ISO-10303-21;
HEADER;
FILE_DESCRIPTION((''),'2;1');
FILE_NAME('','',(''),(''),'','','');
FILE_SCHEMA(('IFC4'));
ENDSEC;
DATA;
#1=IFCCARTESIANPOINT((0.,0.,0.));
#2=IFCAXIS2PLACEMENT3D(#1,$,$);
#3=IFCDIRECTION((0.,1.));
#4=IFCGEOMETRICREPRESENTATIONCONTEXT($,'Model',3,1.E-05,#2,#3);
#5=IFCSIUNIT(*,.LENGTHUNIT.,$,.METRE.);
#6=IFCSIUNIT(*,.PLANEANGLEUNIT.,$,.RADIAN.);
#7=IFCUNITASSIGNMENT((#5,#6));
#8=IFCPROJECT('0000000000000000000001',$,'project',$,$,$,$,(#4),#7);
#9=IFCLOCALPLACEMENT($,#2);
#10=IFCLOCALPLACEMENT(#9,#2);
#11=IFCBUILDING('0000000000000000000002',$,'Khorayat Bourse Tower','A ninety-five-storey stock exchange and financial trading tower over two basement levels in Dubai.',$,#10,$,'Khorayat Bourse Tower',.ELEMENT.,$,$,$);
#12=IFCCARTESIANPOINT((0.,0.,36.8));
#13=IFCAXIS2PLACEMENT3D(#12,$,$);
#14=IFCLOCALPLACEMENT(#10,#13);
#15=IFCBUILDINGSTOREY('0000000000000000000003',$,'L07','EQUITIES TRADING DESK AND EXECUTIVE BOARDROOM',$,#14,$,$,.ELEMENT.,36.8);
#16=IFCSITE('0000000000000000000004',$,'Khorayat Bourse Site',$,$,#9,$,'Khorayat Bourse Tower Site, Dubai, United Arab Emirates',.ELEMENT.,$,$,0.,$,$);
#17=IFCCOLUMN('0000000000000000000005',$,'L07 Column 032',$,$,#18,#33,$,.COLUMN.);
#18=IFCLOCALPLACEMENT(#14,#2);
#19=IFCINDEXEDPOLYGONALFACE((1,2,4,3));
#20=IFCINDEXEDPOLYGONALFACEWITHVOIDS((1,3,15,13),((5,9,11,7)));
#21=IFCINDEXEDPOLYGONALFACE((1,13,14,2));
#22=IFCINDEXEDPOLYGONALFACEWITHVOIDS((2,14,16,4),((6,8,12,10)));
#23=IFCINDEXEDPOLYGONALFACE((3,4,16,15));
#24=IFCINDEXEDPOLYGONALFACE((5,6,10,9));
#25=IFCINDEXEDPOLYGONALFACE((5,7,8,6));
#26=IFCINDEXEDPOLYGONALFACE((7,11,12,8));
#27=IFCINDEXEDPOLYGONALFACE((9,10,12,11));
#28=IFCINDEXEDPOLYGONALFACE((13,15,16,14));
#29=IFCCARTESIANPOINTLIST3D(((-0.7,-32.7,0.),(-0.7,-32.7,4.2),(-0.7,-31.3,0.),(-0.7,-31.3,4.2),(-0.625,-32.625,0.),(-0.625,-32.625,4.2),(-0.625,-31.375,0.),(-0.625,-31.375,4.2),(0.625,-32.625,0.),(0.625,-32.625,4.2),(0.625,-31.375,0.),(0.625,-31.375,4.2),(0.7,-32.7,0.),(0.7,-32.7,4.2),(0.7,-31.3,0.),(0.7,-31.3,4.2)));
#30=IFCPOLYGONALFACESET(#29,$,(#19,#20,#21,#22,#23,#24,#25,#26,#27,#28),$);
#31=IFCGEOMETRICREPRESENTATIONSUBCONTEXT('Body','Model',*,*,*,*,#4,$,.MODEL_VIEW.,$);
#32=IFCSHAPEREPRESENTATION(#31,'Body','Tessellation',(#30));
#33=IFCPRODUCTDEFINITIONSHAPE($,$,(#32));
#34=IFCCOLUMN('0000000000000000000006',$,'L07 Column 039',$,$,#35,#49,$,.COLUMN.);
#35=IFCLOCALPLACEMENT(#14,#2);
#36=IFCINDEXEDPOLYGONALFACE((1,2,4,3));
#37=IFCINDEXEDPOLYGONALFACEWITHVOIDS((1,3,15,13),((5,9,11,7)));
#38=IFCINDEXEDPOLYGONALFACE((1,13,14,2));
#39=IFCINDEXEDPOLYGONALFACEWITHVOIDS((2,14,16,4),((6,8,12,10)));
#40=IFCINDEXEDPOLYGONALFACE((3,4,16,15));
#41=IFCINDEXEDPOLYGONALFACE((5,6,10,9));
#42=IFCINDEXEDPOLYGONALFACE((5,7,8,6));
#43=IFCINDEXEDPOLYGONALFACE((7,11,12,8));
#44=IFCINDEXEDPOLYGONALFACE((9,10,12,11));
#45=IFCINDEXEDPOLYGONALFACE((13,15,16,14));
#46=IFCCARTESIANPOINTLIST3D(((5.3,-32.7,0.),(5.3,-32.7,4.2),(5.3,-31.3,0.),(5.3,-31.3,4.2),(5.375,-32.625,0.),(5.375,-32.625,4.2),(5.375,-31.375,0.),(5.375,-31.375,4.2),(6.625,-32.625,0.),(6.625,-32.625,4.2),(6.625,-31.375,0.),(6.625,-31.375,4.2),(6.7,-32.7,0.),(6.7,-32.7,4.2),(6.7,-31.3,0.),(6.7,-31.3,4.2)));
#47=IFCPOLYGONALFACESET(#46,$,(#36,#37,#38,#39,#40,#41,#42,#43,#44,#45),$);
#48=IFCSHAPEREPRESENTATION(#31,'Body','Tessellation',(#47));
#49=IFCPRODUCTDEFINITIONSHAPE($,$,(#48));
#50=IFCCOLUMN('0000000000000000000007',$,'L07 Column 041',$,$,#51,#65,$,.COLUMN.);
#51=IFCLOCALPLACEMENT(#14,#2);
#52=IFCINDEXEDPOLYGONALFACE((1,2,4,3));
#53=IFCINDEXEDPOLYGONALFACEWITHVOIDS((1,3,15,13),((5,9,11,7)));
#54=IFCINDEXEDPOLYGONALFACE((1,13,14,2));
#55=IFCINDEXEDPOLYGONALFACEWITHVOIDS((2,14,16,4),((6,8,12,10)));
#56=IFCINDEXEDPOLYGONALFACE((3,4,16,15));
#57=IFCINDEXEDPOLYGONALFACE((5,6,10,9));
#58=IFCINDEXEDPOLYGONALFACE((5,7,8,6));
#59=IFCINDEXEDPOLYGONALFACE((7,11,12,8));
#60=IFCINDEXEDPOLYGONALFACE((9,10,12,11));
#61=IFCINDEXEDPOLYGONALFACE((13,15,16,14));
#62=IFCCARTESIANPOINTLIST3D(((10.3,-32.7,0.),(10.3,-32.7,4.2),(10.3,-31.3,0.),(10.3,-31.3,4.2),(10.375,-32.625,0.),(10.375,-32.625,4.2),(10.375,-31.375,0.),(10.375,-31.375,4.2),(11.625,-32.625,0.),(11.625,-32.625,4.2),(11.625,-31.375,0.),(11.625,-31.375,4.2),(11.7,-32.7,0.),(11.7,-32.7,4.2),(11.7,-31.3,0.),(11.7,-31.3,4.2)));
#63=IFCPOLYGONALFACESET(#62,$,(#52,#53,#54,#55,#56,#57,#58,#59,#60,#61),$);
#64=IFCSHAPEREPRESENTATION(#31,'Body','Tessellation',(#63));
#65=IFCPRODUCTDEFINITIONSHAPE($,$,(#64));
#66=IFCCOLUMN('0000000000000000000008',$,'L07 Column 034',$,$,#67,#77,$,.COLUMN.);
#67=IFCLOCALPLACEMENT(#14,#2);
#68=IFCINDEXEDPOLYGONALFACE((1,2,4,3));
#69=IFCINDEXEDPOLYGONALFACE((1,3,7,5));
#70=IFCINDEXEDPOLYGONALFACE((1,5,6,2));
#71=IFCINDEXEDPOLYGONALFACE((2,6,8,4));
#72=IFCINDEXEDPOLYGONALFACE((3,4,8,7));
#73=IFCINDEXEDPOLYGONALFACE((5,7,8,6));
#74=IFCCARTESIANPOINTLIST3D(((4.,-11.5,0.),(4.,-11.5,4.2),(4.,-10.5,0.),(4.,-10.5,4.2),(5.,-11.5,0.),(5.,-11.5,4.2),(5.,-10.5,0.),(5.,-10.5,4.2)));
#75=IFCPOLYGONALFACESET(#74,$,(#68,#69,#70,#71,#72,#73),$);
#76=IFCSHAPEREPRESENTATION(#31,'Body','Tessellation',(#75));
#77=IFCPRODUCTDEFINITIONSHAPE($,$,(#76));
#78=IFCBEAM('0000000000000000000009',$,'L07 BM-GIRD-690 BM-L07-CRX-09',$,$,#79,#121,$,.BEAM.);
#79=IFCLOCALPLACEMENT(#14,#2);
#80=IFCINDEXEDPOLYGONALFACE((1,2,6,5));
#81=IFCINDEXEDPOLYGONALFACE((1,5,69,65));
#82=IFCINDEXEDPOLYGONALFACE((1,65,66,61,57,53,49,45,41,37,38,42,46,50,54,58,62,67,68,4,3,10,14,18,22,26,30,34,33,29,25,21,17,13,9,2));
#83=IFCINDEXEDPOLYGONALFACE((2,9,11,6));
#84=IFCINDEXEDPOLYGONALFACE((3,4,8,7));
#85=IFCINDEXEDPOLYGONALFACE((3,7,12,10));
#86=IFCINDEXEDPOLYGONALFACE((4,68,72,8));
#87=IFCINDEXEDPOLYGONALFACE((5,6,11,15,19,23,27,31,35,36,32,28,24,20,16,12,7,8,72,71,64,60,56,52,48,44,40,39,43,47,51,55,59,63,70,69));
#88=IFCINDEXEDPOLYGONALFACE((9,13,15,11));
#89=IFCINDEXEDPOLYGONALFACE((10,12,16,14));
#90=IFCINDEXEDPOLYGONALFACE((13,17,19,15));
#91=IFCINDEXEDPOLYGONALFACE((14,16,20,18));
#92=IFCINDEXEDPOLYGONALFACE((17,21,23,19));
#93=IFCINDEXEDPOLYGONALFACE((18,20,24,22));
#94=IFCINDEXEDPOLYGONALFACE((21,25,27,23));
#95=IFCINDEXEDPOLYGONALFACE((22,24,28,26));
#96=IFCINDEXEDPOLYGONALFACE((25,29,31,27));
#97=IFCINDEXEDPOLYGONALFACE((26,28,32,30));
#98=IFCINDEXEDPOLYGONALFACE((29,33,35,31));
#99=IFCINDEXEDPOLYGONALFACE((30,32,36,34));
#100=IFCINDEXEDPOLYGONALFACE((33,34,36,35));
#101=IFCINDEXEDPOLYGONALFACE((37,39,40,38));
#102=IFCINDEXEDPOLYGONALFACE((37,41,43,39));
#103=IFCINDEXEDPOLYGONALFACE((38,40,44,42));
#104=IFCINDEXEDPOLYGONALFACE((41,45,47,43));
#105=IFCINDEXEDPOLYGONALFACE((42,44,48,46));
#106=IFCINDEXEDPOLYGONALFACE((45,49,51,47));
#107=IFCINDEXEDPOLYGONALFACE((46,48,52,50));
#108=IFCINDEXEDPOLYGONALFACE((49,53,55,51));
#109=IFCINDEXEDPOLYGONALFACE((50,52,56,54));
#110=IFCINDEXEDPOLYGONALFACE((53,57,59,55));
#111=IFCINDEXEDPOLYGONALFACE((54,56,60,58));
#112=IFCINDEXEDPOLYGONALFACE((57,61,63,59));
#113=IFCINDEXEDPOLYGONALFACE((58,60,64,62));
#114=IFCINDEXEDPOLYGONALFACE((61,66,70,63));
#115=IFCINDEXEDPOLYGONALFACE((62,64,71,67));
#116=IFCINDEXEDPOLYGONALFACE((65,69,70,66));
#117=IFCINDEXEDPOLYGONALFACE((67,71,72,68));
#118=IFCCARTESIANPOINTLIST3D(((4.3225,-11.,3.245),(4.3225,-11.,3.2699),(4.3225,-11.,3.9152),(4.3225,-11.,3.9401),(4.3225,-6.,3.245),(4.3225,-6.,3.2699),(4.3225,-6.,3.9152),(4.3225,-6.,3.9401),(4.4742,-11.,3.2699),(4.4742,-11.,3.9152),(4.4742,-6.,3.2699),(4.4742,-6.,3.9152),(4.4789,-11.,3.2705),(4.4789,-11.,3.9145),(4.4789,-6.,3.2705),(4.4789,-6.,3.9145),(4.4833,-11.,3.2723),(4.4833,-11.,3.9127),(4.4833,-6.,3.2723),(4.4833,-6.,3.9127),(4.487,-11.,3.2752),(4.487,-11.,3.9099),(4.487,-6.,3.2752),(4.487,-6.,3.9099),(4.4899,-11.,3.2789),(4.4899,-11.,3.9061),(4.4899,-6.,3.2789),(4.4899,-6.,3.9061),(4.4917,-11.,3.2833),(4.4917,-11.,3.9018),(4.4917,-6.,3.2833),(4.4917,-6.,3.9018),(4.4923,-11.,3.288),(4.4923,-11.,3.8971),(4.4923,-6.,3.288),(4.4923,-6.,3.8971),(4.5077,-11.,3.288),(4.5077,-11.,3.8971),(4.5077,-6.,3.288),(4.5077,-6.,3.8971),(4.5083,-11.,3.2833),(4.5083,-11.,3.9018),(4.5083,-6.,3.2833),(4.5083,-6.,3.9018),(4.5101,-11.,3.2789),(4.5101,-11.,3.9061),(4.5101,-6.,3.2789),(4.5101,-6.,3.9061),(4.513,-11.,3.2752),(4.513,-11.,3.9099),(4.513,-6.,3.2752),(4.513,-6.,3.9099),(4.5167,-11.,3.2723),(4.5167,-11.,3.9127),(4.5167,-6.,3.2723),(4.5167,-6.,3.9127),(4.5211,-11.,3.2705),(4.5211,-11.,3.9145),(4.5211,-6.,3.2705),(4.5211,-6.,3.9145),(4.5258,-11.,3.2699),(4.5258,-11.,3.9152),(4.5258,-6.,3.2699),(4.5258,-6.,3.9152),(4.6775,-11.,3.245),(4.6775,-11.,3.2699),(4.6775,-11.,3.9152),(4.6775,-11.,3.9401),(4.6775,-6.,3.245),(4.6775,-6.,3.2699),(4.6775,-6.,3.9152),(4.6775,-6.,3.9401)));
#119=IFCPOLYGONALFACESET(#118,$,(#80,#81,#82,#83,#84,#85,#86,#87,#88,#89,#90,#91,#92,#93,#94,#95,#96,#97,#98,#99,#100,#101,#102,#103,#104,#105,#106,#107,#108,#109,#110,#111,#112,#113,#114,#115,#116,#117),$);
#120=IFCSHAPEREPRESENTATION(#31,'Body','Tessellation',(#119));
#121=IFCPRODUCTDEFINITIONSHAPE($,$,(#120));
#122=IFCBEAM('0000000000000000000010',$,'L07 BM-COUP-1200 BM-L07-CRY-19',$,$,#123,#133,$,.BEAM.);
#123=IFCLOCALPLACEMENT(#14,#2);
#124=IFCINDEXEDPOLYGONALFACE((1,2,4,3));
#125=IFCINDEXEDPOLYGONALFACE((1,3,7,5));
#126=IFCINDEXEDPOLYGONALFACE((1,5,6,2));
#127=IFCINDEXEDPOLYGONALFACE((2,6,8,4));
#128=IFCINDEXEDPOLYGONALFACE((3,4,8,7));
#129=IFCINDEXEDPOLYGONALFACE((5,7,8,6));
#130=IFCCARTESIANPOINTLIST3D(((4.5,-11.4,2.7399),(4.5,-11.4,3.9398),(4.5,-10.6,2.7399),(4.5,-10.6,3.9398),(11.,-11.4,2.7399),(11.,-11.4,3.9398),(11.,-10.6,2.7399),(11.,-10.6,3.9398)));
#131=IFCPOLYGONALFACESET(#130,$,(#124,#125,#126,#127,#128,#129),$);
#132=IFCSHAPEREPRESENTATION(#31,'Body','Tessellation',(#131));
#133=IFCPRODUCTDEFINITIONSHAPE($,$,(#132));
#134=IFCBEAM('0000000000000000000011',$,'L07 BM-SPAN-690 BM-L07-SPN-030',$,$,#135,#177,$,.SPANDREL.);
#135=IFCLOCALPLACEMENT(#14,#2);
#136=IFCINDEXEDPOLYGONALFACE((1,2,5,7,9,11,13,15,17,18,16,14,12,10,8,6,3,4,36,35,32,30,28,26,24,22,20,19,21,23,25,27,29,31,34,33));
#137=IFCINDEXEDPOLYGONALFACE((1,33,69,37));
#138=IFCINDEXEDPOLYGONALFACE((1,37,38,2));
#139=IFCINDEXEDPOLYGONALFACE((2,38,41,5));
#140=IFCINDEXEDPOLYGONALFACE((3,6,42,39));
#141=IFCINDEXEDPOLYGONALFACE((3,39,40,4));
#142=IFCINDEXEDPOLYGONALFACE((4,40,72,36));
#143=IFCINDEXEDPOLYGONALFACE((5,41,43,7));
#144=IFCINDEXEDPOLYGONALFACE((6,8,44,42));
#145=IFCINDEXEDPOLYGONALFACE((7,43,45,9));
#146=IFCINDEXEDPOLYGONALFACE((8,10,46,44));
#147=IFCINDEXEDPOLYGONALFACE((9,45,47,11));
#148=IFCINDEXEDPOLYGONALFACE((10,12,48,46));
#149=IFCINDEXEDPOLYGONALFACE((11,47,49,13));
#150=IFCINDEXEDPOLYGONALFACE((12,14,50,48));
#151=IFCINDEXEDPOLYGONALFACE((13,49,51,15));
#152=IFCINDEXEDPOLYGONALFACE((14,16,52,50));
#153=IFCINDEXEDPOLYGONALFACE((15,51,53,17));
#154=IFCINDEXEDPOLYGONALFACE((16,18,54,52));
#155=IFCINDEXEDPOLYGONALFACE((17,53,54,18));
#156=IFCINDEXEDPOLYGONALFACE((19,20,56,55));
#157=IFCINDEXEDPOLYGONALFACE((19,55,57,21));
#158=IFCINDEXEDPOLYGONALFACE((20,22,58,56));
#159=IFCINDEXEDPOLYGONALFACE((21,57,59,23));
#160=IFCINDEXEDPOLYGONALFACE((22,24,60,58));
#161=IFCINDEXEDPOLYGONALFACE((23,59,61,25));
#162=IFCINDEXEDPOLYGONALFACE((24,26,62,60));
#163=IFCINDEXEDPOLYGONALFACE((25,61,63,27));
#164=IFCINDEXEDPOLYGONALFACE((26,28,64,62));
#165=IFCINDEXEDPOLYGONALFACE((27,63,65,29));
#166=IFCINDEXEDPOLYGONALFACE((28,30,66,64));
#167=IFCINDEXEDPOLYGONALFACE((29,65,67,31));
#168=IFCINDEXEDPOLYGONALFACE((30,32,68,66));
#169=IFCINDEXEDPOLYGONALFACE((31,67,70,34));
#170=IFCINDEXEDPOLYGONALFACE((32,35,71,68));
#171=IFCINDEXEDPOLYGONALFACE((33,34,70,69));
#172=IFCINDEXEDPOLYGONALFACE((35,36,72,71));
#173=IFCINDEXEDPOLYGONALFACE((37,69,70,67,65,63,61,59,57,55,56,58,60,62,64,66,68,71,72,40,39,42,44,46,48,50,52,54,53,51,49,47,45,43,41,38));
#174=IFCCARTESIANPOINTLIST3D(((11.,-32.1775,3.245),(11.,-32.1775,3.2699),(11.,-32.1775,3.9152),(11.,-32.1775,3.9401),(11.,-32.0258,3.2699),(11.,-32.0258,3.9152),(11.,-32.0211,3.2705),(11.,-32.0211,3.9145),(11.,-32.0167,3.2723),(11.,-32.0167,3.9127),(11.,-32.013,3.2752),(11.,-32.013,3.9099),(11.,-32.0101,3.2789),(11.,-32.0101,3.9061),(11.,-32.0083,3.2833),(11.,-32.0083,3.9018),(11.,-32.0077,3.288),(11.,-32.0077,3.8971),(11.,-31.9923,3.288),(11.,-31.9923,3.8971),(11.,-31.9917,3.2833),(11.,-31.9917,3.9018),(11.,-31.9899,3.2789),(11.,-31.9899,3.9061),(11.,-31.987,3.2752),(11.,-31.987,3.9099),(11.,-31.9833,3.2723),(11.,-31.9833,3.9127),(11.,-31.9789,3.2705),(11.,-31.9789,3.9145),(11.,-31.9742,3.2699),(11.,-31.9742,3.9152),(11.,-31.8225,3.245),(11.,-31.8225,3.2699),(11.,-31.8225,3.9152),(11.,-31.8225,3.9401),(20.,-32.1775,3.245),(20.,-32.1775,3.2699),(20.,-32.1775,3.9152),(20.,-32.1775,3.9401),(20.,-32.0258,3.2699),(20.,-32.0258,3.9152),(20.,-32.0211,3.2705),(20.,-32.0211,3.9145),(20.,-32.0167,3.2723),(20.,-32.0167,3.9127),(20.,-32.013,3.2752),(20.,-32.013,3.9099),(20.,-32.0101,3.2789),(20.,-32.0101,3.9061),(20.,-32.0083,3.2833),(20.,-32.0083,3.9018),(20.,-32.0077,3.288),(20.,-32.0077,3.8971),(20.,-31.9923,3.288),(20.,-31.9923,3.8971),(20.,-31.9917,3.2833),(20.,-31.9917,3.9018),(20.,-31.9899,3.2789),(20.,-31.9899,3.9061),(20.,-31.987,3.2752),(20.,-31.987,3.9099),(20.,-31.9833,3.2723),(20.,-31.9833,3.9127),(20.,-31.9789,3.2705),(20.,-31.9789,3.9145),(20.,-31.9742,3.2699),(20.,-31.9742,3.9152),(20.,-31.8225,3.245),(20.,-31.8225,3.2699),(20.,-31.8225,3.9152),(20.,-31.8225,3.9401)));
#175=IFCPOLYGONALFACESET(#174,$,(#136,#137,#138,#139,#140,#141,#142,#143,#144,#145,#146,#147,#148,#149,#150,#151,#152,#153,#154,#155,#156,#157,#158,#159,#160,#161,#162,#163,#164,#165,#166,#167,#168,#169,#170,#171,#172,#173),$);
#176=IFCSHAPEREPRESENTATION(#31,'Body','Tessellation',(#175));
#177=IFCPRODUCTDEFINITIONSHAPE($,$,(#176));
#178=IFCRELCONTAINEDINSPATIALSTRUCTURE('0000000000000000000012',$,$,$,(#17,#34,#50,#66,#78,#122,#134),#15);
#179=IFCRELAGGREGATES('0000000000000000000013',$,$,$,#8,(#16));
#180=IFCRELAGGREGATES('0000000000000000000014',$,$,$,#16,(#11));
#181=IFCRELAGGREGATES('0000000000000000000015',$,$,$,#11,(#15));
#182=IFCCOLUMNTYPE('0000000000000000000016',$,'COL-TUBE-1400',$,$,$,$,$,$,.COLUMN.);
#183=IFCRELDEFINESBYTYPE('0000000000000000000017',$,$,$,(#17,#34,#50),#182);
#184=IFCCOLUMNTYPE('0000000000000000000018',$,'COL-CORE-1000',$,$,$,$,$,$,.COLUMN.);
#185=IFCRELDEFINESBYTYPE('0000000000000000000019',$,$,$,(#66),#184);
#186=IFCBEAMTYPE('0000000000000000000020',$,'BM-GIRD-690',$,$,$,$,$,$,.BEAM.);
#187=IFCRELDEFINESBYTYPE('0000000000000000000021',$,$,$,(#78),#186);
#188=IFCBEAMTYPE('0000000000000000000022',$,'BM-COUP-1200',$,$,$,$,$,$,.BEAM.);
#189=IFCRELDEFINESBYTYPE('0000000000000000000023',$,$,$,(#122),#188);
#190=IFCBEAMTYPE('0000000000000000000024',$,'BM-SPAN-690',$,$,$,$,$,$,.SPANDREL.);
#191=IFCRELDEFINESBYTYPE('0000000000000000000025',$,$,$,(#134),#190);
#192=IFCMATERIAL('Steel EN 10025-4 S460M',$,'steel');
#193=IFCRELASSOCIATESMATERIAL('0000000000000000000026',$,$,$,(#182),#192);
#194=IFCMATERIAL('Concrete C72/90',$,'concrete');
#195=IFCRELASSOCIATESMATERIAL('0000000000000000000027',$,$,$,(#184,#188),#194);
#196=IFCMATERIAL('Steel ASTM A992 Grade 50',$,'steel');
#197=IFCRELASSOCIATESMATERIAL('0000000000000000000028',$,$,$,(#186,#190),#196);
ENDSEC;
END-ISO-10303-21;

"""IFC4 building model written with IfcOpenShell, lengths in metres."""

from ifc_helpers import new_model, si_unit, direction, frame, origin, origin_2d, place, context, subcontext, project, spatial, rectangle, hollow_rectangle, i_section, extrude, source, transform, mapped, material, material_profile, profile_set, type_object, element, save


model = new_model("IFC4")

# Units and contexts
model_context = context("Model", 3, precision=1e-05, world=origin(), true_north=direction((0.0, 1.0)))
body_context = subcontext(model_context, "Body", "Model", "MODEL_VIEW")
ifc_project = project(units=[si_unit("LENGTHUNIT", "METRE"), si_unit("PLANEANGLEUNIT", "RADIAN")], contexts=[model_context])

# Site, building, storey
site_placement = place(None, origin())
site = spatial("IfcSite", under=ifc_project, at=site_placement, Name="Khorayat Bourse Site", LongName="Khorayat Bourse Tower Site, Dubai, United Arab Emirates", CompositionType="ELEMENT", RefElevation=0.0)
building_placement = place(site_placement, origin())
building = spatial("IfcBuilding", under=site, at=building_placement, Name="Khorayat Bourse Tower", Description="A ninety-five-storey stock exchange and financial trading tower over two basement levels in Dubai.", LongName="Khorayat Bourse Tower", CompositionType="ELEMENT")
storey_placement = place(building_placement, frame((0.0, 0.0, 36.8)))
storey = spatial("IfcBuildingStorey", under=building, at=storey_placement, Name="L07", Description="EQUITIES TRADING DESK AND EXECUTIVE BOARDROOM", CompositionType="ELEMENT", Elevation=36.8)

# Columns
ifc_material_1 = material(Name="Steel EN 10025-4 S460M", Category="steel")
ifc_material_profile_1 = material_profile(ifc_material_1, hollow_rectangle(XDim=1.3999, YDim=1.3999, WallThickness=0.075, at=origin_2d()), Name="BOX 1400x1400x75")
ifc_profile_set_1 = profile_set([ifc_material_profile_1], Name="Steel EN 10025-4 S460M")
column_type_1 = type_object("IfcColumnType", Name="COL-TUBE-1400", PredefinedType="COLUMN", material=ifc_profile_set_1)
shared_shape_1 = source(origin(), body_context, "Body", "SweptSolid", [
    extrude(hollow_rectangle(XDim=1.3999, YDim=1.3999, WallThickness=0.075, at=origin_2d()), origin(), (0.0, 0.0, 1.0), 4.2),
])
for number, where, z_axis, x_axis, name in (
    (1, (0.0, -32.0, 0.0), (0.0, 0.0, 1.0), (1.0, 0.0, 0.0), "L07 Column 032"),
    (2, (6.0, -32.0, 0.0), (0.0, 0.0, 1.0), (1.0, 0.0, 0.0), "L07 Column 039"),
    (3, (11.0, -32.0, 0.0), (0.0, 0.0, 1.0), (1.0, 0.0, 0.0), "L07 Column 041"),
):
    element("IfcColumn", number, at=place(storey_placement, frame(where, z_axis=z_axis, x_axis=x_axis)), inside=storey, type_object=column_type_1, Name=name, PredefinedType="COLUMN", context=body_context, shape_type="MappedRepresentation", body=[
        mapped(shared_shape_1, transform((0.0, 0.0, 0.0), scale=1.0)),
    ])
ifc_material_2 = material(Name="Concrete C72/90", Category="concrete")
ifc_material_profile_2 = material_profile(ifc_material_2, rectangle(XDim=1.0, YDim=1.0, at=origin_2d()), Name="RC 1000x1000")
ifc_profile_set_2 = profile_set([ifc_material_profile_2], Name="Concrete C72/90")
column_type_2 = type_object("IfcColumnType", Name="COL-CORE-1000", PredefinedType="COLUMN", material=ifc_profile_set_2)
shared_shape_2 = source(origin(), body_context, "Body", "SweptSolid", [
    extrude(rectangle(XDim=1.0, YDim=1.0, at=origin_2d()), origin(), (0.0, 0.0, 1.0), 4.2),
])
column_placement = place(storey_placement, frame((4.5, -11.0, 0.0), z_axis=(0.0, 0.0, 1.0), x_axis=(1.0, 0.0, 0.0)))
element("IfcColumn", 4, at=column_placement, inside=storey, type_object=column_type_2, Name="L07 Column 034", PredefinedType="COLUMN", context=body_context, shape_type="MappedRepresentation", body=[
    mapped(shared_shape_2, transform((0.0, 0.0, 0.0), scale=1.0)),
])

# Beams
ifc_material_3 = material(Name="Steel ASTM A992 Grade 50", Category="steel")
ifc_material_profile_3 = material_profile(ifc_material_3, i_section(OverallWidth=0.355, OverallDepth=0.6951, WebThickness=0.0154, FlangeThickness=0.0249, FilletRadius=0.0181, at=origin_2d()), Name="W690X217")
ifc_profile_set_3 = profile_set([ifc_material_profile_3], Name="Steel ASTM A992 Grade 50")
beam_type_1 = type_object("IfcBeamType", Name="BM-GIRD-690", PredefinedType="BEAM", material=ifc_profile_set_3)
shared_shape_3 = source(origin(), body_context, "Body", "SweptSolid", [
    extrude(i_section(OverallWidth=0.355, OverallDepth=0.6951, WebThickness=0.0154, FlangeThickness=0.0249, FilletRadius=0.0181, at=origin_2d()), origin(), (0.0, 0.0, 1.0), 5.0),
])
beam_1_placement = place(storey_placement, frame((4.5, -11.0, 3.5925), z_axis=(0.0, 1.0, 0.0), x_axis=(-1.0, 0.0, 0.0)))
element("IfcBeam", 5, at=beam_1_placement, inside=storey, type_object=beam_type_1, Name="L07 BM-GIRD-690 BM-L07-CRX-09", PredefinedType="BEAM", context=body_context, shape_type="MappedRepresentation", body=[
    mapped(shared_shape_3, transform((0.0, 0.0, 0.0), scale=1.0)),
])
ifc_material_profile_4 = material_profile(ifc_material_2, rectangle(XDim=0.8, YDim=1.2, at=origin_2d()), Name="RC 800x1200")
ifc_profile_set_4 = profile_set([ifc_material_profile_4], Name="Concrete C72/90")
beam_type_2 = type_object("IfcBeamType", Name="BM-COUP-1200", PredefinedType="BEAM", material=ifc_profile_set_4)
shared_shape_4 = source(origin(), body_context, "Body", "SweptSolid", [
    extrude(rectangle(XDim=0.8, YDim=1.2, at=origin_2d()), origin(), (0.0, 0.0, 1.0), 6.5),
])
beam_2_placement = place(storey_placement, frame((4.5, -11.0, 3.3398), z_axis=(1.0, 0.0, 0.0), x_axis=(0.0, 1.0, 0.0)))
element("IfcBeam", 6, at=beam_2_placement, inside=storey, type_object=beam_type_2, Name="L07 BM-COUP-1200 BM-L07-CRY-19", PredefinedType="BEAM", context=body_context, shape_type="MappedRepresentation", body=[
    mapped(shared_shape_4, transform((0.0, 0.0, 0.0), scale=1.0)),
])
ifc_material_profile_5 = material_profile(ifc_material_3, i_section(OverallWidth=0.355, OverallDepth=0.6951, WebThickness=0.0154, FlangeThickness=0.0249, FilletRadius=0.0181, at=origin_2d()), Name="W690X217")
ifc_profile_set_5 = profile_set([ifc_material_profile_5], Name="Steel ASTM A992 Grade 50")
beam_type_3 = type_object("IfcBeamType", Name="BM-SPAN-690", PredefinedType="SPANDREL", material=ifc_profile_set_5)
shared_shape_5 = source(origin(), body_context, "Body", "SweptSolid", [
    extrude(i_section(OverallWidth=0.355, OverallDepth=0.6951, WebThickness=0.0154, FlangeThickness=0.0249, FilletRadius=0.0181, at=origin_2d()), origin(), (0.0, 0.0, 1.0), 9.0),
])
beam_3_placement = place(storey_placement, frame((11.0, -32.0, 3.5925), z_axis=(1.0, 0.0, 0.0), x_axis=(0.0, 1.0, 0.0)))
element("IfcBeam", 7, at=beam_3_placement, inside=storey, type_object=beam_type_3, Name="L07 BM-SPAN-690 BM-L07-SPN-030", PredefinedType="SPANDREL", context=body_context, shape_type="MappedRepresentation", body=[
    mapped(shared_shape_5, transform((0.0, 0.0, 0.0), scale=1.0)),
])

save(model, "model.ifc")
